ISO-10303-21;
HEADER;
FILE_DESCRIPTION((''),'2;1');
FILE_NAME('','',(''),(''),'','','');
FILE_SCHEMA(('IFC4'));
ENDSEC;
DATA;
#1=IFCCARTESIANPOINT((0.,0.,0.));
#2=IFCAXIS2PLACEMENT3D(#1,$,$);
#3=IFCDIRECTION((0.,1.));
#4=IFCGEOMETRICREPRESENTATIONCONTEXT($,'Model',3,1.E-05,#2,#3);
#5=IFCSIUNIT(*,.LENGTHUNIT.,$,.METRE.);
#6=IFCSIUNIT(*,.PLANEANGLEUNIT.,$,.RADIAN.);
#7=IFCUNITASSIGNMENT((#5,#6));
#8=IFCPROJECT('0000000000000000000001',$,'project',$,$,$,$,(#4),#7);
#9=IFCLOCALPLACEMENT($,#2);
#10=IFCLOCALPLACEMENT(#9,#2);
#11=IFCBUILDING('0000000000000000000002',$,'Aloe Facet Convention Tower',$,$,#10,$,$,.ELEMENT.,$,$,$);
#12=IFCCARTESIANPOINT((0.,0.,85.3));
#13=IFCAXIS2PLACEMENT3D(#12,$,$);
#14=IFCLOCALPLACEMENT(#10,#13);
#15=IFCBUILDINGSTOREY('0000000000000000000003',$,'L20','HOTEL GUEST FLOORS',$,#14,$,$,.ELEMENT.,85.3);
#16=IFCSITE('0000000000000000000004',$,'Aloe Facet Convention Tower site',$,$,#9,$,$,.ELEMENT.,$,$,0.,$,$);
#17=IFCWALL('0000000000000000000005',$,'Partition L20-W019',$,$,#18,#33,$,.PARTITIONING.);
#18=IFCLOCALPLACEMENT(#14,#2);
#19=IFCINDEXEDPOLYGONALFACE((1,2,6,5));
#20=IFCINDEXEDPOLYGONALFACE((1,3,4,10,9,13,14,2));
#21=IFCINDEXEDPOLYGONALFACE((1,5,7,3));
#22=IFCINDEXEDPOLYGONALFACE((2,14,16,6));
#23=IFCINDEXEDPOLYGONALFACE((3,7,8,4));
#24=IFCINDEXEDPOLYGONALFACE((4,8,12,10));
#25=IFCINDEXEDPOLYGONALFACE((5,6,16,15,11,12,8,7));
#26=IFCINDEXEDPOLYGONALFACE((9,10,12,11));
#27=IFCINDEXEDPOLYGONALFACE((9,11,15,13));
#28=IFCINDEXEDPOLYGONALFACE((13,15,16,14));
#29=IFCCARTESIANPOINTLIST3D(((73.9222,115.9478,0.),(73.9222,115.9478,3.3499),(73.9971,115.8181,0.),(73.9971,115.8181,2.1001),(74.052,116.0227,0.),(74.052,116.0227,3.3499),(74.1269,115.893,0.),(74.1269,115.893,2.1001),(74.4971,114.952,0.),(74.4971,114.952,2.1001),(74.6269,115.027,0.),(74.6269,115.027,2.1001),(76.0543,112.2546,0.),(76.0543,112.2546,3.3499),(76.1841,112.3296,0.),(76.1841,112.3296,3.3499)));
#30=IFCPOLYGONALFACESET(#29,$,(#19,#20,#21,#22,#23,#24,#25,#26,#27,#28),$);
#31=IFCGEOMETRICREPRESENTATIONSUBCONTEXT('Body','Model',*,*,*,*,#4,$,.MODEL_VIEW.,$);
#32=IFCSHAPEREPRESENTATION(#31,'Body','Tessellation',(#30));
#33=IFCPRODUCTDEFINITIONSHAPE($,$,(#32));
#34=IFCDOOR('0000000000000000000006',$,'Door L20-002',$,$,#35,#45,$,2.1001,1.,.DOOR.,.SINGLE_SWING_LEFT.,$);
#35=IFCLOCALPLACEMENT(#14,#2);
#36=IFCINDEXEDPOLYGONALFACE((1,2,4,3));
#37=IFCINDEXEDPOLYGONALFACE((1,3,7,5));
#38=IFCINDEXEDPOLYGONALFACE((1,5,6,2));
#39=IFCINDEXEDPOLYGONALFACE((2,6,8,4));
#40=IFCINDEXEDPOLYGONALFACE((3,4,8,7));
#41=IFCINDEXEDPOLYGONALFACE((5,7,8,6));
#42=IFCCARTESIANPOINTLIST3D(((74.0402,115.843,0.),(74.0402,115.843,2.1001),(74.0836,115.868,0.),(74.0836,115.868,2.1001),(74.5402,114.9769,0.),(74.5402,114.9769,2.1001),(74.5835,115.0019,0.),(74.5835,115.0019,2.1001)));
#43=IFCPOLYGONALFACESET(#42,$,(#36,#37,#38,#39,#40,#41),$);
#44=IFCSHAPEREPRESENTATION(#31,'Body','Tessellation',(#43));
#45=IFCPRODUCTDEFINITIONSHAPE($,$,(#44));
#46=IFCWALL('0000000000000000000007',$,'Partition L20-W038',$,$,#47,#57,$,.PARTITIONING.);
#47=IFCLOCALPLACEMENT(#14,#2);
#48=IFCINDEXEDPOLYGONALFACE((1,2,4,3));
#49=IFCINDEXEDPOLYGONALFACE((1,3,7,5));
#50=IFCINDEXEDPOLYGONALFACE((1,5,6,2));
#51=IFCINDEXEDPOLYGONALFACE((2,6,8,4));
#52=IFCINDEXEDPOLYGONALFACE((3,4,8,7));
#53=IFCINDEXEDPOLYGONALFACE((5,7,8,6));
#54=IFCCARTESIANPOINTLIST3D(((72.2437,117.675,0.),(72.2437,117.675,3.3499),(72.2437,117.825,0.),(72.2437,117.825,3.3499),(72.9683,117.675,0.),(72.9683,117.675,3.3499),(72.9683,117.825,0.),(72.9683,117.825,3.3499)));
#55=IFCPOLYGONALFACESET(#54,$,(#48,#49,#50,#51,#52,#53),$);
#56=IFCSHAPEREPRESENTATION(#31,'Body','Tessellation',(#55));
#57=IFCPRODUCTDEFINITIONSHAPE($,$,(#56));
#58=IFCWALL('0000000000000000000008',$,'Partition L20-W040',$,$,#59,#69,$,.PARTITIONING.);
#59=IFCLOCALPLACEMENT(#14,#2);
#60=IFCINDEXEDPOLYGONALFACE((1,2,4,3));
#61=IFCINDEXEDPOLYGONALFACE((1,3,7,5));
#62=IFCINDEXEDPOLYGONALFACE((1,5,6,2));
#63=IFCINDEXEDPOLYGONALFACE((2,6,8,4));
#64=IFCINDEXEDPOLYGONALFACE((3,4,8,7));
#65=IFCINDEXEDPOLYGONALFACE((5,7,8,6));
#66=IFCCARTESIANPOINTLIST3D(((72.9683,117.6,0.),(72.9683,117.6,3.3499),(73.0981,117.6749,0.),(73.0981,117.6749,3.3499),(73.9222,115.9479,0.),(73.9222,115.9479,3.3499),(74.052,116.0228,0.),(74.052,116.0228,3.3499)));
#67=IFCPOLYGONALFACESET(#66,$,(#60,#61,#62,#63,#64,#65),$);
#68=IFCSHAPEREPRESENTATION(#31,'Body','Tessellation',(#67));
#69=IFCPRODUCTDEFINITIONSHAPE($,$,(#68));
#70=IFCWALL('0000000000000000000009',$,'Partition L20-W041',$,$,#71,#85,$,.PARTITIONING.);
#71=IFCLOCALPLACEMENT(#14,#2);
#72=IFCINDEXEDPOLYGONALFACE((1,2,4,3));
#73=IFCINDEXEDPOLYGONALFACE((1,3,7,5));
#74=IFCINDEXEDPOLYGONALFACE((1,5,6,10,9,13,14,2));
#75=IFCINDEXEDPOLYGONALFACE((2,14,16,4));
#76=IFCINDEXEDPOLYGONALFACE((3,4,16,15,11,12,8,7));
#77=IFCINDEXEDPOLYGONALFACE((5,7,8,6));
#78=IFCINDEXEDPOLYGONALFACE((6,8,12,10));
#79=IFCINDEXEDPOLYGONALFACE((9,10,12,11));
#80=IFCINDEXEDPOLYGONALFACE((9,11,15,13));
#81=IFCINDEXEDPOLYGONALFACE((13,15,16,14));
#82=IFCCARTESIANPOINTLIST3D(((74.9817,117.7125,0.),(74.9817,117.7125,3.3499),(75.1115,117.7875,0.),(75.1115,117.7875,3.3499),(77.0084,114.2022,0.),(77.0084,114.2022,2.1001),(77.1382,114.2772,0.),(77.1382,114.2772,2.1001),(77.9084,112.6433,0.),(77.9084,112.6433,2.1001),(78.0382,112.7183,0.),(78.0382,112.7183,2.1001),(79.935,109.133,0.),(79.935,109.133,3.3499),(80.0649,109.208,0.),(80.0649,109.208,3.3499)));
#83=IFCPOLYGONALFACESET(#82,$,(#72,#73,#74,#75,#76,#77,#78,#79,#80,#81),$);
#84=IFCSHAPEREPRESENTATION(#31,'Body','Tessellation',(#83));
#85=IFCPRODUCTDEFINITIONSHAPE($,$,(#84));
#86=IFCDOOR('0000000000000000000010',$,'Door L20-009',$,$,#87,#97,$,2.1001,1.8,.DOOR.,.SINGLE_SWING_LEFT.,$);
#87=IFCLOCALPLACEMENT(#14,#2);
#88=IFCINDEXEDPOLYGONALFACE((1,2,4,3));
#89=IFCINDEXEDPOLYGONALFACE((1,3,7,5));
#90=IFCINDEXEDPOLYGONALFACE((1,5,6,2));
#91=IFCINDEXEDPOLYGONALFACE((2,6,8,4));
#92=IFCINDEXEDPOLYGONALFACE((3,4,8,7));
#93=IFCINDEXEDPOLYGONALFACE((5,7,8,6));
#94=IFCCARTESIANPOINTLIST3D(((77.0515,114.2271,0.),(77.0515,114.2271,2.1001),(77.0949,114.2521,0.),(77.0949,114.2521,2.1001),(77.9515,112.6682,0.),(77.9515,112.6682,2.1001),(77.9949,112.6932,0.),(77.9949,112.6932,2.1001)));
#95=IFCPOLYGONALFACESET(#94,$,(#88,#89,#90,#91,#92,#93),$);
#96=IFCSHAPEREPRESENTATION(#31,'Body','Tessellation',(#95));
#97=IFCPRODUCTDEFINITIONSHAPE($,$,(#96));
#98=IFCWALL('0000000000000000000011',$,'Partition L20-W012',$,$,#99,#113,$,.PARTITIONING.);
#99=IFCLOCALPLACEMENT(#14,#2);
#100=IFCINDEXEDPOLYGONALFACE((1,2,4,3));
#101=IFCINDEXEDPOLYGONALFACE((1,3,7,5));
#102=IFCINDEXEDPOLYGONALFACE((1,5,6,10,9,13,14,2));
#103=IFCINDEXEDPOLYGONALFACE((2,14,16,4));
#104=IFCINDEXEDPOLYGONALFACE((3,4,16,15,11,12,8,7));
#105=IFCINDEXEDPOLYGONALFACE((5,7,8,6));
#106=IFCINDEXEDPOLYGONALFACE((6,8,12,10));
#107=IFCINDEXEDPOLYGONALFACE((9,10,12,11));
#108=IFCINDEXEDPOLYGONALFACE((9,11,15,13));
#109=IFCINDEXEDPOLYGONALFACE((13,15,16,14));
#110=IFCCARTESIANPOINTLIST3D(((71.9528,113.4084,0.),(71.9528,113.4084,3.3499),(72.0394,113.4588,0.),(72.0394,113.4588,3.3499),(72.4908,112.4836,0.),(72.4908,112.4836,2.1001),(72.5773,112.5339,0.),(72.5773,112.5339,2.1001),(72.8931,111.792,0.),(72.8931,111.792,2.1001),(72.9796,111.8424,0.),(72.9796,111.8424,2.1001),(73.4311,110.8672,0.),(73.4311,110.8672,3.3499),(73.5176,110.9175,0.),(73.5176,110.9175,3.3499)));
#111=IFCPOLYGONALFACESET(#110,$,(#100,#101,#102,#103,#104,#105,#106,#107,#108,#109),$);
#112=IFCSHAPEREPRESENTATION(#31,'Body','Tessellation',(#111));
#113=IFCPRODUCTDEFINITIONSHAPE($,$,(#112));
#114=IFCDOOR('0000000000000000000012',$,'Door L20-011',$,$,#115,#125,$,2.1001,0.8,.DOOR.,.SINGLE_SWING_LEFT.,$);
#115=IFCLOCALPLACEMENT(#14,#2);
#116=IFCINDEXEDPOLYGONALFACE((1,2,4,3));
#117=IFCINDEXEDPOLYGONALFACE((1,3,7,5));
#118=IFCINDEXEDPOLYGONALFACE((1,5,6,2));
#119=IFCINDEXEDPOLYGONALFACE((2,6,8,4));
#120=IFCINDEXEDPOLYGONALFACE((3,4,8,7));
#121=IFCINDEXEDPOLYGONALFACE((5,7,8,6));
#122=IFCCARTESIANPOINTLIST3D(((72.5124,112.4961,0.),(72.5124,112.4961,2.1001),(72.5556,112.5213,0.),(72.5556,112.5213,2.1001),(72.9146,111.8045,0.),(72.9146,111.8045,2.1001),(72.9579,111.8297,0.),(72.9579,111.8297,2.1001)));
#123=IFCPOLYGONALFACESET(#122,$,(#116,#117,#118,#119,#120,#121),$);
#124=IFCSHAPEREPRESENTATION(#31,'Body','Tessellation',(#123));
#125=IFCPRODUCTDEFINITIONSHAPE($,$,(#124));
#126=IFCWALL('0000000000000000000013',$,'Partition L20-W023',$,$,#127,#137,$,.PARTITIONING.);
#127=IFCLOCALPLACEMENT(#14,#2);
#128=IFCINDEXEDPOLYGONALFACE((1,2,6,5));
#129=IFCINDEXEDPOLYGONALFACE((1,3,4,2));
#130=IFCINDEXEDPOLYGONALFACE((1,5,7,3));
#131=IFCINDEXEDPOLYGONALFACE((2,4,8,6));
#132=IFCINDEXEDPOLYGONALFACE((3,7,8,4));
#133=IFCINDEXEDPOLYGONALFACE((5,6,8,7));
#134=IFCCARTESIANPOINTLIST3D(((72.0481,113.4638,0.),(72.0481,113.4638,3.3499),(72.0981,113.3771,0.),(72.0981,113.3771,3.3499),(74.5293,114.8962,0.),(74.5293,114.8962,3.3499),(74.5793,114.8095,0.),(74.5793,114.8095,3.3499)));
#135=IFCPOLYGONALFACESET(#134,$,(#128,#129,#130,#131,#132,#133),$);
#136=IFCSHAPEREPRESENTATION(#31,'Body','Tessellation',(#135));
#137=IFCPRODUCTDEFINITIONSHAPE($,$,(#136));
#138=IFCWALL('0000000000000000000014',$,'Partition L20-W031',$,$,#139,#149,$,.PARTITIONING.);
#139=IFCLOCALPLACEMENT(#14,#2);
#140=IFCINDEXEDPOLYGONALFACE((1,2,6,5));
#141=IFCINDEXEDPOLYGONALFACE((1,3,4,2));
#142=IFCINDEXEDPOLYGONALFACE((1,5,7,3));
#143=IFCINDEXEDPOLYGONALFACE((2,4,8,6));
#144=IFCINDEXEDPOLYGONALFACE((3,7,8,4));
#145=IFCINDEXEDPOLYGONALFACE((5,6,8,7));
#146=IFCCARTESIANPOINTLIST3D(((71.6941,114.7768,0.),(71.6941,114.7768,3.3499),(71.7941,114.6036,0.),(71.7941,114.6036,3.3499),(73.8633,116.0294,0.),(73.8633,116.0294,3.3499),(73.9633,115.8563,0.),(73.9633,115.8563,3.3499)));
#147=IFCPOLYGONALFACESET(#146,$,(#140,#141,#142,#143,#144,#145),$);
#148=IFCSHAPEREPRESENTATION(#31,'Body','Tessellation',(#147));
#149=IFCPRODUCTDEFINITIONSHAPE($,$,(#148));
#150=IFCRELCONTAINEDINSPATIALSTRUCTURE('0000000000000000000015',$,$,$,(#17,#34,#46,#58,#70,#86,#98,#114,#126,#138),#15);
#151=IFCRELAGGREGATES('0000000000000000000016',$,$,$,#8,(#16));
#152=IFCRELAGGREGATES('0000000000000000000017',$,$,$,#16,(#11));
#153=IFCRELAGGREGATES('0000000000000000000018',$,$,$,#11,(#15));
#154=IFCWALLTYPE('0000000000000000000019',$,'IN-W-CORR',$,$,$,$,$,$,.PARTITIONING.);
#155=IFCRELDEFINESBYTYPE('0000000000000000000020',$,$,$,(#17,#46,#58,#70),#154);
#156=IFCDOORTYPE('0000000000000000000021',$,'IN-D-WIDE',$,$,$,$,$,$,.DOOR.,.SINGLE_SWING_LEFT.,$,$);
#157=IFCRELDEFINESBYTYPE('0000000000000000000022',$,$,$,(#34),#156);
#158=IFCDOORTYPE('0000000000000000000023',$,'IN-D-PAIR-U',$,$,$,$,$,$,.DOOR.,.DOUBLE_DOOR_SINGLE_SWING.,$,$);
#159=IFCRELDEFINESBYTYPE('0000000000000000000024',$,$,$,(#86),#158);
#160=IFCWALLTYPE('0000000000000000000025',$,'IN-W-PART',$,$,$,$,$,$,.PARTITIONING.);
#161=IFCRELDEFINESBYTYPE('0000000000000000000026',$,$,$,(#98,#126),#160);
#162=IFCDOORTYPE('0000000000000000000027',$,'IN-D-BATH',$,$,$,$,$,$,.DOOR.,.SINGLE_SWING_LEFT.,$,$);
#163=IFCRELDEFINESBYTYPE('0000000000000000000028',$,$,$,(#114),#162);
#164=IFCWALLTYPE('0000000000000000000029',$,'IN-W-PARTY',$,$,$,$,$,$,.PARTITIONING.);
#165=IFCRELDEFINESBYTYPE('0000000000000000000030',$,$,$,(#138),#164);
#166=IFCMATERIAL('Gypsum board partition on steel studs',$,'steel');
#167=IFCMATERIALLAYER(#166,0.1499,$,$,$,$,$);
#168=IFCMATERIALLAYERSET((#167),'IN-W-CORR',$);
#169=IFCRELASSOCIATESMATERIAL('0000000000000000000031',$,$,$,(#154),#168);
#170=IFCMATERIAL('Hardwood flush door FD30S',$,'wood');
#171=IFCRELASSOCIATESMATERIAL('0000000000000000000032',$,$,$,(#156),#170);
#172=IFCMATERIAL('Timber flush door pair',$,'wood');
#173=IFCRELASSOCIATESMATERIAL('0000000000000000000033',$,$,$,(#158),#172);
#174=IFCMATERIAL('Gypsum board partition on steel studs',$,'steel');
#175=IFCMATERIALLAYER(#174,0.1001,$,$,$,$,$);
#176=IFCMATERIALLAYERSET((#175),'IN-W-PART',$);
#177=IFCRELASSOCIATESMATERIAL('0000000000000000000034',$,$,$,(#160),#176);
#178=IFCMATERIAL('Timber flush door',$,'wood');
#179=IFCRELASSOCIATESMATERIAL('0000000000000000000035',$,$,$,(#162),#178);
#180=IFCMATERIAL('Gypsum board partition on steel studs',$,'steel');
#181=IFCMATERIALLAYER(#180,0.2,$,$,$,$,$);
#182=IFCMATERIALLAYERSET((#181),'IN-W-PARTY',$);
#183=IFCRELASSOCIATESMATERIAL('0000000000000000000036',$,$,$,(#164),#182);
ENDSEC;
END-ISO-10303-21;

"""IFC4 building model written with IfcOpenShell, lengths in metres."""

from ifc_helpers import new_model, si_unit, direction, frame, frame_2d, origin, place, context, subcontext, project, spatial, rectangle, extrude, material, layer, layer_set, type_object, element, fill, save


model = new_model("IFC4")

# Units and contexts
model_context = context("Model", 3, precision=1e-05, world=origin(), true_north=direction((0.0, 1.0)))
body_context = subcontext(model_context, "Body", "Model", "MODEL_VIEW")
ifc_project = project(units=[si_unit("LENGTHUNIT", "METRE"), si_unit("PLANEANGLEUNIT", "RADIAN")], contexts=[model_context])

# Site, building, storey
site_placement = place(None, origin())
site = spatial("IfcSite", under=ifc_project, at=site_placement, Name="Aloe Facet Convention Tower site", CompositionType="ELEMENT", RefElevation=0.0)
building_placement = place(site_placement, origin())
building = spatial("IfcBuilding", under=site, at=building_placement, Name="Aloe Facet Convention Tower", CompositionType="ELEMENT")
storey_placement = place(building_placement, frame((0.0, 0.0, 85.3)))
storey = spatial("IfcBuildingStorey", under=building, at=storey_placement, Name="L20", Description="HOTEL GUEST FLOORS", CompositionType="ELEMENT", Elevation=85.3)

# Wall, opening, door
ifc_material_1 = material(Name="Gypsum board partition on steel studs", Category="steel")
ifc_layer_1 = layer(ifc_material_1, 0.1499)
ifc_layer_set_1 = layer_set([ifc_layer_1], Name="IN-W-CORR")
wall_type_1 = type_object("IfcWallType", Name="IN-W-CORR", PredefinedType="PARTITIONING", material=ifc_layer_set_1)
wall_1_placement = place(storey_placement, frame((73.9871, 115.9854, 0.0), z_axis=(0.0, 0.0, 1.0), x_axis=(0.499975, -0.86604, 0.0)))
wall_1 = element("IfcWall", 1, at=wall_1_placement, inside=storey, type_object=wall_type_1, Name="Partition L20-W019", PredefinedType="PARTITIONING", context=body_context, shape_type="SweptSolid", body=[
    extrude(rectangle(XDim=4.2644, YDim=0.1499, at=frame_2d((2.1323, 0.0))), origin(), (0.0, 0.0, 1.0), 3.3499),
])
opening_1_placement = place(wall_1_placement, frame((0.1499, 0.0, 0.0)))
opening_1 = element("IfcOpeningElement", 2, at=opening_1_placement, cuts=wall_1, PredefinedType="OPENING", context=body_context, shape_type="SweptSolid", body=[
    extrude(rectangle(XDim=1.0, YDim=2.1001, at=frame_2d((0.5, 1.05))), frame((0.0, 0.085, 0.0), z_axis=(0.0, -1.0, 0.0), x_axis=(1.0, 0.0, 0.0)), (0.0, 0.0, 1.0), 0.1699),
])
ifc_material_2 = material(Name="Hardwood flush door FD30S", Category="wood")
door_type_1 = type_object("IfcDoorType", Name="IN-D-WIDE", OperationType="SINGLE_SWING_LEFT", PredefinedType="DOOR", material=ifc_material_2)
door_1_placement = place(opening_1_placement, origin())
door_1 = element("IfcDoor", 3, at=door_1_placement, inside=storey, type_object=door_type_1, Name="Door L20-002", OperationType="SINGLE_SWING_LEFT", OverallHeight=2.1001, OverallWidth=1.0, PredefinedType="DOOR", context=body_context, shape_type="SweptSolid", body=[
    extrude(rectangle(XDim=1.0, YDim=2.1001, at=frame_2d((0.5, 1.05))), frame((0.0, 0.0249, 0.0), z_axis=(0.0, -1.0, 0.0), x_axis=(1.0, 0.0, 0.0)), (0.0, 0.0, 1.0), 0.05),
])
fill(opening_1, door_1)

# Walls
wall_2_placement = place(storey_placement, frame((72.2437, 117.75, 0.0), z_axis=(0.0, 0.0, 1.0), x_axis=(1.0, 0.0, 0.0)))
element("IfcWall", 4, at=wall_2_placement, inside=storey, type_object=wall_type_1, Name="Partition L20-W038", PredefinedType="PARTITIONING", context=body_context, shape_type="SweptSolid", body=[
    extrude(rectangle(XDim=0.7246, YDim=0.1499, at=frame_2d((0.3623, 0.0))), origin(), (0.0, 0.0, 1.0), 3.3499),
])
wall_3_placement = place(storey_placement, frame((73.0332, 117.6375, 0.0), z_axis=(0.0, 0.0, 1.0), x_axis=(0.500007, -0.866021, 0.0)))
element("IfcWall", 5, at=wall_3_placement, inside=storey, type_object=wall_type_1, Name="Partition L20-W040", PredefinedType="PARTITIONING", context=body_context, shape_type="SweptSolid", body=[
    extrude(rectangle(XDim=1.9077, YDim=0.1499, at=frame_2d((0.9539, 0.0))), origin(), (0.0, 0.0, 1.0), 3.3499),
])

# Walls, openings, doors
wall_4_placement = place(storey_placement, frame((75.0466, 117.75, 0.0), z_axis=(0.0, 0.0, 1.0), x_axis=(0.499996, -0.866028, 0.0)))
wall_4 = element("IfcWall", 6, at=wall_4_placement, inside=storey, type_object=wall_type_1, Name="Partition L20-W041", PredefinedType="PARTITIONING", context=body_context, shape_type="SweptSolid", body=[
    extrude(rectangle(XDim=9.9067, YDim=0.1499, at=frame_2d((4.9534, 0.0))), origin(), (0.0, 0.0, 1.0), 3.3499),
])
opening_2_placement = place(wall_4_placement, frame((4.0535, 0.0, 0.0)))
opening_2 = element("IfcOpeningElement", 7, at=opening_2_placement, cuts=wall_4, PredefinedType="OPENING", context=body_context, shape_type="SweptSolid", body=[
    extrude(rectangle(XDim=1.8, YDim=2.1001, at=frame_2d((0.8999, 1.05))), frame((0.0, 0.085, 0.0), z_axis=(0.0, -1.0, 0.0), x_axis=(1.0, 0.0, 0.0)), (0.0, 0.0, 1.0), 0.1699),
])
ifc_material_3 = material(Name="Timber flush door pair", Category="wood")
door_type_2 = type_object("IfcDoorType", Name="IN-D-PAIR-U", OperationType="DOUBLE_DOOR_SINGLE_SWING", PredefinedType="DOOR", material=ifc_material_3)
door_2_placement = place(opening_2_placement, origin())
door_2 = element("IfcDoor", 8, at=door_2_placement, inside=storey, type_object=door_type_2, Name="Door L20-009", OperationType="SINGLE_SWING_LEFT", OverallHeight=2.1001, OverallWidth=1.8, PredefinedType="DOOR", context=body_context, shape_type="SweptSolid", body=[
    extrude(rectangle(XDim=1.8, YDim=2.1001, at=frame_2d((0.8999, 1.05))), frame((0.0, 0.0249, 0.0), z_axis=(0.0, -1.0, 0.0), x_axis=(1.0, 0.0, 0.0)), (0.0, 0.0, 1.0), 0.05),
])
fill(opening_2, door_2)
ifc_material_4 = material(Name="Gypsum board partition on steel studs", Category="steel")
ifc_layer_2 = layer(ifc_material_4, 0.1001)
ifc_layer_set_2 = layer_set([ifc_layer_2], Name="IN-W-PART")
wall_type_2 = type_object("IfcWallType", Name="IN-W-PART", PredefinedType="PARTITIONING", material=ifc_layer_set_2)
wall_5_placement = place(storey_placement, frame((71.9961, 113.4336, 0.0), z_axis=(0.0, 0.0, 1.0), x_axis=(0.502823, -0.86439, 0.0)))
wall_5 = element("IfcWall", 9, at=wall_5_placement, inside=storey, type_object=wall_type_2, Name="Partition L20-W012", PredefinedType="PARTITIONING", context=body_context, shape_type="SweptSolid", body=[
    extrude(rectangle(XDim=2.9399, YDim=0.1001, at=frame_2d((1.47, 0.0))), origin(), (0.0, 0.0, 1.0), 3.3499),
])
opening_3_placement = place(wall_5_placement, frame((1.0701, 0.0, 0.0)))
opening_3 = element("IfcOpeningElement", 10, at=opening_3_placement, cuts=wall_5, PredefinedType="OPENING", context=body_context, shape_type="SweptSolid", body=[
    extrude(rectangle(XDim=0.8, YDim=2.1001, at=frame_2d((0.3999, 1.05))), frame((0.0, 0.0601, 0.0), z_axis=(0.0, -1.0, 0.0), x_axis=(1.0, 0.0, 0.0)), (0.0, 0.0, 1.0), 0.1201),
])
ifc_material_5 = material(Name="Timber flush door", Category="wood")
door_type_3 = type_object("IfcDoorType", Name="IN-D-BATH", OperationType="SINGLE_SWING_LEFT", PredefinedType="DOOR", material=ifc_material_5)
door_3_placement = place(opening_3_placement, origin())
door_3 = element("IfcDoor", 11, at=door_3_placement, inside=storey, type_object=door_type_3, Name="Door L20-011", OperationType="SINGLE_SWING_LEFT", OverallHeight=2.1001, OverallWidth=0.8, PredefinedType="DOOR", context=body_context, shape_type="SweptSolid", body=[
    extrude(rectangle(XDim=0.8, YDim=2.1001, at=frame_2d((0.3999, 1.05))), frame((0.0, 0.0249, 0.0), z_axis=(0.0, -1.0, 0.0), x_axis=(1.0, 0.0, 0.0)), (0.0, 0.0, 1.0), 0.05),
])
fill(opening_3, door_3)

# Walls
wall_6_placement = place(storey_placement, frame((72.073, 113.4204, 0.0), z_axis=(0.0, 0.0, 1.0), x_axis=(0.866048, 0.499961, 0.0)))
element("IfcWall", 12, at=wall_6_placement, inside=storey, type_object=wall_type_2, Name="Partition L20-W023", PredefinedType="PARTITIONING", context=body_context, shape_type="SweptSolid", body=[
    extrude(rectangle(XDim=2.865, YDim=0.1001, at=frame_2d((1.4326, 0.0))), origin(), (0.0, 0.0, 1.0), 3.3499),
])
ifc_material_6 = material(Name="Gypsum board partition on steel studs", Category="steel")
ifc_layer_3 = layer(ifc_material_6, 0.2)
ifc_layer_set_3 = layer_set([ifc_layer_3], Name="IN-W-PARTY")
wall_type_3 = type_object("IfcWallType", Name="IN-W-PARTY", PredefinedType="PARTITIONING", material=ifc_layer_set_3)
wall_7_placement = place(storey_placement, frame((71.7441, 114.6902, 0.0), z_axis=(0.0, 0.0, 1.0), x_axis=(0.865973, 0.500091, 0.0)))
element("IfcWall", 13, at=wall_7_placement, inside=storey, type_object=wall_type_3, Name="Partition L20-W031", PredefinedType="PARTITIONING", context=body_context, shape_type="SweptSolid", body=[
    extrude(rectangle(XDim=2.5049, YDim=0.2, at=frame_2d((1.2524, 0.0))), origin(), (0.0, 0.0, 1.0), 3.3499),
])

save(model, "model.ifc")
